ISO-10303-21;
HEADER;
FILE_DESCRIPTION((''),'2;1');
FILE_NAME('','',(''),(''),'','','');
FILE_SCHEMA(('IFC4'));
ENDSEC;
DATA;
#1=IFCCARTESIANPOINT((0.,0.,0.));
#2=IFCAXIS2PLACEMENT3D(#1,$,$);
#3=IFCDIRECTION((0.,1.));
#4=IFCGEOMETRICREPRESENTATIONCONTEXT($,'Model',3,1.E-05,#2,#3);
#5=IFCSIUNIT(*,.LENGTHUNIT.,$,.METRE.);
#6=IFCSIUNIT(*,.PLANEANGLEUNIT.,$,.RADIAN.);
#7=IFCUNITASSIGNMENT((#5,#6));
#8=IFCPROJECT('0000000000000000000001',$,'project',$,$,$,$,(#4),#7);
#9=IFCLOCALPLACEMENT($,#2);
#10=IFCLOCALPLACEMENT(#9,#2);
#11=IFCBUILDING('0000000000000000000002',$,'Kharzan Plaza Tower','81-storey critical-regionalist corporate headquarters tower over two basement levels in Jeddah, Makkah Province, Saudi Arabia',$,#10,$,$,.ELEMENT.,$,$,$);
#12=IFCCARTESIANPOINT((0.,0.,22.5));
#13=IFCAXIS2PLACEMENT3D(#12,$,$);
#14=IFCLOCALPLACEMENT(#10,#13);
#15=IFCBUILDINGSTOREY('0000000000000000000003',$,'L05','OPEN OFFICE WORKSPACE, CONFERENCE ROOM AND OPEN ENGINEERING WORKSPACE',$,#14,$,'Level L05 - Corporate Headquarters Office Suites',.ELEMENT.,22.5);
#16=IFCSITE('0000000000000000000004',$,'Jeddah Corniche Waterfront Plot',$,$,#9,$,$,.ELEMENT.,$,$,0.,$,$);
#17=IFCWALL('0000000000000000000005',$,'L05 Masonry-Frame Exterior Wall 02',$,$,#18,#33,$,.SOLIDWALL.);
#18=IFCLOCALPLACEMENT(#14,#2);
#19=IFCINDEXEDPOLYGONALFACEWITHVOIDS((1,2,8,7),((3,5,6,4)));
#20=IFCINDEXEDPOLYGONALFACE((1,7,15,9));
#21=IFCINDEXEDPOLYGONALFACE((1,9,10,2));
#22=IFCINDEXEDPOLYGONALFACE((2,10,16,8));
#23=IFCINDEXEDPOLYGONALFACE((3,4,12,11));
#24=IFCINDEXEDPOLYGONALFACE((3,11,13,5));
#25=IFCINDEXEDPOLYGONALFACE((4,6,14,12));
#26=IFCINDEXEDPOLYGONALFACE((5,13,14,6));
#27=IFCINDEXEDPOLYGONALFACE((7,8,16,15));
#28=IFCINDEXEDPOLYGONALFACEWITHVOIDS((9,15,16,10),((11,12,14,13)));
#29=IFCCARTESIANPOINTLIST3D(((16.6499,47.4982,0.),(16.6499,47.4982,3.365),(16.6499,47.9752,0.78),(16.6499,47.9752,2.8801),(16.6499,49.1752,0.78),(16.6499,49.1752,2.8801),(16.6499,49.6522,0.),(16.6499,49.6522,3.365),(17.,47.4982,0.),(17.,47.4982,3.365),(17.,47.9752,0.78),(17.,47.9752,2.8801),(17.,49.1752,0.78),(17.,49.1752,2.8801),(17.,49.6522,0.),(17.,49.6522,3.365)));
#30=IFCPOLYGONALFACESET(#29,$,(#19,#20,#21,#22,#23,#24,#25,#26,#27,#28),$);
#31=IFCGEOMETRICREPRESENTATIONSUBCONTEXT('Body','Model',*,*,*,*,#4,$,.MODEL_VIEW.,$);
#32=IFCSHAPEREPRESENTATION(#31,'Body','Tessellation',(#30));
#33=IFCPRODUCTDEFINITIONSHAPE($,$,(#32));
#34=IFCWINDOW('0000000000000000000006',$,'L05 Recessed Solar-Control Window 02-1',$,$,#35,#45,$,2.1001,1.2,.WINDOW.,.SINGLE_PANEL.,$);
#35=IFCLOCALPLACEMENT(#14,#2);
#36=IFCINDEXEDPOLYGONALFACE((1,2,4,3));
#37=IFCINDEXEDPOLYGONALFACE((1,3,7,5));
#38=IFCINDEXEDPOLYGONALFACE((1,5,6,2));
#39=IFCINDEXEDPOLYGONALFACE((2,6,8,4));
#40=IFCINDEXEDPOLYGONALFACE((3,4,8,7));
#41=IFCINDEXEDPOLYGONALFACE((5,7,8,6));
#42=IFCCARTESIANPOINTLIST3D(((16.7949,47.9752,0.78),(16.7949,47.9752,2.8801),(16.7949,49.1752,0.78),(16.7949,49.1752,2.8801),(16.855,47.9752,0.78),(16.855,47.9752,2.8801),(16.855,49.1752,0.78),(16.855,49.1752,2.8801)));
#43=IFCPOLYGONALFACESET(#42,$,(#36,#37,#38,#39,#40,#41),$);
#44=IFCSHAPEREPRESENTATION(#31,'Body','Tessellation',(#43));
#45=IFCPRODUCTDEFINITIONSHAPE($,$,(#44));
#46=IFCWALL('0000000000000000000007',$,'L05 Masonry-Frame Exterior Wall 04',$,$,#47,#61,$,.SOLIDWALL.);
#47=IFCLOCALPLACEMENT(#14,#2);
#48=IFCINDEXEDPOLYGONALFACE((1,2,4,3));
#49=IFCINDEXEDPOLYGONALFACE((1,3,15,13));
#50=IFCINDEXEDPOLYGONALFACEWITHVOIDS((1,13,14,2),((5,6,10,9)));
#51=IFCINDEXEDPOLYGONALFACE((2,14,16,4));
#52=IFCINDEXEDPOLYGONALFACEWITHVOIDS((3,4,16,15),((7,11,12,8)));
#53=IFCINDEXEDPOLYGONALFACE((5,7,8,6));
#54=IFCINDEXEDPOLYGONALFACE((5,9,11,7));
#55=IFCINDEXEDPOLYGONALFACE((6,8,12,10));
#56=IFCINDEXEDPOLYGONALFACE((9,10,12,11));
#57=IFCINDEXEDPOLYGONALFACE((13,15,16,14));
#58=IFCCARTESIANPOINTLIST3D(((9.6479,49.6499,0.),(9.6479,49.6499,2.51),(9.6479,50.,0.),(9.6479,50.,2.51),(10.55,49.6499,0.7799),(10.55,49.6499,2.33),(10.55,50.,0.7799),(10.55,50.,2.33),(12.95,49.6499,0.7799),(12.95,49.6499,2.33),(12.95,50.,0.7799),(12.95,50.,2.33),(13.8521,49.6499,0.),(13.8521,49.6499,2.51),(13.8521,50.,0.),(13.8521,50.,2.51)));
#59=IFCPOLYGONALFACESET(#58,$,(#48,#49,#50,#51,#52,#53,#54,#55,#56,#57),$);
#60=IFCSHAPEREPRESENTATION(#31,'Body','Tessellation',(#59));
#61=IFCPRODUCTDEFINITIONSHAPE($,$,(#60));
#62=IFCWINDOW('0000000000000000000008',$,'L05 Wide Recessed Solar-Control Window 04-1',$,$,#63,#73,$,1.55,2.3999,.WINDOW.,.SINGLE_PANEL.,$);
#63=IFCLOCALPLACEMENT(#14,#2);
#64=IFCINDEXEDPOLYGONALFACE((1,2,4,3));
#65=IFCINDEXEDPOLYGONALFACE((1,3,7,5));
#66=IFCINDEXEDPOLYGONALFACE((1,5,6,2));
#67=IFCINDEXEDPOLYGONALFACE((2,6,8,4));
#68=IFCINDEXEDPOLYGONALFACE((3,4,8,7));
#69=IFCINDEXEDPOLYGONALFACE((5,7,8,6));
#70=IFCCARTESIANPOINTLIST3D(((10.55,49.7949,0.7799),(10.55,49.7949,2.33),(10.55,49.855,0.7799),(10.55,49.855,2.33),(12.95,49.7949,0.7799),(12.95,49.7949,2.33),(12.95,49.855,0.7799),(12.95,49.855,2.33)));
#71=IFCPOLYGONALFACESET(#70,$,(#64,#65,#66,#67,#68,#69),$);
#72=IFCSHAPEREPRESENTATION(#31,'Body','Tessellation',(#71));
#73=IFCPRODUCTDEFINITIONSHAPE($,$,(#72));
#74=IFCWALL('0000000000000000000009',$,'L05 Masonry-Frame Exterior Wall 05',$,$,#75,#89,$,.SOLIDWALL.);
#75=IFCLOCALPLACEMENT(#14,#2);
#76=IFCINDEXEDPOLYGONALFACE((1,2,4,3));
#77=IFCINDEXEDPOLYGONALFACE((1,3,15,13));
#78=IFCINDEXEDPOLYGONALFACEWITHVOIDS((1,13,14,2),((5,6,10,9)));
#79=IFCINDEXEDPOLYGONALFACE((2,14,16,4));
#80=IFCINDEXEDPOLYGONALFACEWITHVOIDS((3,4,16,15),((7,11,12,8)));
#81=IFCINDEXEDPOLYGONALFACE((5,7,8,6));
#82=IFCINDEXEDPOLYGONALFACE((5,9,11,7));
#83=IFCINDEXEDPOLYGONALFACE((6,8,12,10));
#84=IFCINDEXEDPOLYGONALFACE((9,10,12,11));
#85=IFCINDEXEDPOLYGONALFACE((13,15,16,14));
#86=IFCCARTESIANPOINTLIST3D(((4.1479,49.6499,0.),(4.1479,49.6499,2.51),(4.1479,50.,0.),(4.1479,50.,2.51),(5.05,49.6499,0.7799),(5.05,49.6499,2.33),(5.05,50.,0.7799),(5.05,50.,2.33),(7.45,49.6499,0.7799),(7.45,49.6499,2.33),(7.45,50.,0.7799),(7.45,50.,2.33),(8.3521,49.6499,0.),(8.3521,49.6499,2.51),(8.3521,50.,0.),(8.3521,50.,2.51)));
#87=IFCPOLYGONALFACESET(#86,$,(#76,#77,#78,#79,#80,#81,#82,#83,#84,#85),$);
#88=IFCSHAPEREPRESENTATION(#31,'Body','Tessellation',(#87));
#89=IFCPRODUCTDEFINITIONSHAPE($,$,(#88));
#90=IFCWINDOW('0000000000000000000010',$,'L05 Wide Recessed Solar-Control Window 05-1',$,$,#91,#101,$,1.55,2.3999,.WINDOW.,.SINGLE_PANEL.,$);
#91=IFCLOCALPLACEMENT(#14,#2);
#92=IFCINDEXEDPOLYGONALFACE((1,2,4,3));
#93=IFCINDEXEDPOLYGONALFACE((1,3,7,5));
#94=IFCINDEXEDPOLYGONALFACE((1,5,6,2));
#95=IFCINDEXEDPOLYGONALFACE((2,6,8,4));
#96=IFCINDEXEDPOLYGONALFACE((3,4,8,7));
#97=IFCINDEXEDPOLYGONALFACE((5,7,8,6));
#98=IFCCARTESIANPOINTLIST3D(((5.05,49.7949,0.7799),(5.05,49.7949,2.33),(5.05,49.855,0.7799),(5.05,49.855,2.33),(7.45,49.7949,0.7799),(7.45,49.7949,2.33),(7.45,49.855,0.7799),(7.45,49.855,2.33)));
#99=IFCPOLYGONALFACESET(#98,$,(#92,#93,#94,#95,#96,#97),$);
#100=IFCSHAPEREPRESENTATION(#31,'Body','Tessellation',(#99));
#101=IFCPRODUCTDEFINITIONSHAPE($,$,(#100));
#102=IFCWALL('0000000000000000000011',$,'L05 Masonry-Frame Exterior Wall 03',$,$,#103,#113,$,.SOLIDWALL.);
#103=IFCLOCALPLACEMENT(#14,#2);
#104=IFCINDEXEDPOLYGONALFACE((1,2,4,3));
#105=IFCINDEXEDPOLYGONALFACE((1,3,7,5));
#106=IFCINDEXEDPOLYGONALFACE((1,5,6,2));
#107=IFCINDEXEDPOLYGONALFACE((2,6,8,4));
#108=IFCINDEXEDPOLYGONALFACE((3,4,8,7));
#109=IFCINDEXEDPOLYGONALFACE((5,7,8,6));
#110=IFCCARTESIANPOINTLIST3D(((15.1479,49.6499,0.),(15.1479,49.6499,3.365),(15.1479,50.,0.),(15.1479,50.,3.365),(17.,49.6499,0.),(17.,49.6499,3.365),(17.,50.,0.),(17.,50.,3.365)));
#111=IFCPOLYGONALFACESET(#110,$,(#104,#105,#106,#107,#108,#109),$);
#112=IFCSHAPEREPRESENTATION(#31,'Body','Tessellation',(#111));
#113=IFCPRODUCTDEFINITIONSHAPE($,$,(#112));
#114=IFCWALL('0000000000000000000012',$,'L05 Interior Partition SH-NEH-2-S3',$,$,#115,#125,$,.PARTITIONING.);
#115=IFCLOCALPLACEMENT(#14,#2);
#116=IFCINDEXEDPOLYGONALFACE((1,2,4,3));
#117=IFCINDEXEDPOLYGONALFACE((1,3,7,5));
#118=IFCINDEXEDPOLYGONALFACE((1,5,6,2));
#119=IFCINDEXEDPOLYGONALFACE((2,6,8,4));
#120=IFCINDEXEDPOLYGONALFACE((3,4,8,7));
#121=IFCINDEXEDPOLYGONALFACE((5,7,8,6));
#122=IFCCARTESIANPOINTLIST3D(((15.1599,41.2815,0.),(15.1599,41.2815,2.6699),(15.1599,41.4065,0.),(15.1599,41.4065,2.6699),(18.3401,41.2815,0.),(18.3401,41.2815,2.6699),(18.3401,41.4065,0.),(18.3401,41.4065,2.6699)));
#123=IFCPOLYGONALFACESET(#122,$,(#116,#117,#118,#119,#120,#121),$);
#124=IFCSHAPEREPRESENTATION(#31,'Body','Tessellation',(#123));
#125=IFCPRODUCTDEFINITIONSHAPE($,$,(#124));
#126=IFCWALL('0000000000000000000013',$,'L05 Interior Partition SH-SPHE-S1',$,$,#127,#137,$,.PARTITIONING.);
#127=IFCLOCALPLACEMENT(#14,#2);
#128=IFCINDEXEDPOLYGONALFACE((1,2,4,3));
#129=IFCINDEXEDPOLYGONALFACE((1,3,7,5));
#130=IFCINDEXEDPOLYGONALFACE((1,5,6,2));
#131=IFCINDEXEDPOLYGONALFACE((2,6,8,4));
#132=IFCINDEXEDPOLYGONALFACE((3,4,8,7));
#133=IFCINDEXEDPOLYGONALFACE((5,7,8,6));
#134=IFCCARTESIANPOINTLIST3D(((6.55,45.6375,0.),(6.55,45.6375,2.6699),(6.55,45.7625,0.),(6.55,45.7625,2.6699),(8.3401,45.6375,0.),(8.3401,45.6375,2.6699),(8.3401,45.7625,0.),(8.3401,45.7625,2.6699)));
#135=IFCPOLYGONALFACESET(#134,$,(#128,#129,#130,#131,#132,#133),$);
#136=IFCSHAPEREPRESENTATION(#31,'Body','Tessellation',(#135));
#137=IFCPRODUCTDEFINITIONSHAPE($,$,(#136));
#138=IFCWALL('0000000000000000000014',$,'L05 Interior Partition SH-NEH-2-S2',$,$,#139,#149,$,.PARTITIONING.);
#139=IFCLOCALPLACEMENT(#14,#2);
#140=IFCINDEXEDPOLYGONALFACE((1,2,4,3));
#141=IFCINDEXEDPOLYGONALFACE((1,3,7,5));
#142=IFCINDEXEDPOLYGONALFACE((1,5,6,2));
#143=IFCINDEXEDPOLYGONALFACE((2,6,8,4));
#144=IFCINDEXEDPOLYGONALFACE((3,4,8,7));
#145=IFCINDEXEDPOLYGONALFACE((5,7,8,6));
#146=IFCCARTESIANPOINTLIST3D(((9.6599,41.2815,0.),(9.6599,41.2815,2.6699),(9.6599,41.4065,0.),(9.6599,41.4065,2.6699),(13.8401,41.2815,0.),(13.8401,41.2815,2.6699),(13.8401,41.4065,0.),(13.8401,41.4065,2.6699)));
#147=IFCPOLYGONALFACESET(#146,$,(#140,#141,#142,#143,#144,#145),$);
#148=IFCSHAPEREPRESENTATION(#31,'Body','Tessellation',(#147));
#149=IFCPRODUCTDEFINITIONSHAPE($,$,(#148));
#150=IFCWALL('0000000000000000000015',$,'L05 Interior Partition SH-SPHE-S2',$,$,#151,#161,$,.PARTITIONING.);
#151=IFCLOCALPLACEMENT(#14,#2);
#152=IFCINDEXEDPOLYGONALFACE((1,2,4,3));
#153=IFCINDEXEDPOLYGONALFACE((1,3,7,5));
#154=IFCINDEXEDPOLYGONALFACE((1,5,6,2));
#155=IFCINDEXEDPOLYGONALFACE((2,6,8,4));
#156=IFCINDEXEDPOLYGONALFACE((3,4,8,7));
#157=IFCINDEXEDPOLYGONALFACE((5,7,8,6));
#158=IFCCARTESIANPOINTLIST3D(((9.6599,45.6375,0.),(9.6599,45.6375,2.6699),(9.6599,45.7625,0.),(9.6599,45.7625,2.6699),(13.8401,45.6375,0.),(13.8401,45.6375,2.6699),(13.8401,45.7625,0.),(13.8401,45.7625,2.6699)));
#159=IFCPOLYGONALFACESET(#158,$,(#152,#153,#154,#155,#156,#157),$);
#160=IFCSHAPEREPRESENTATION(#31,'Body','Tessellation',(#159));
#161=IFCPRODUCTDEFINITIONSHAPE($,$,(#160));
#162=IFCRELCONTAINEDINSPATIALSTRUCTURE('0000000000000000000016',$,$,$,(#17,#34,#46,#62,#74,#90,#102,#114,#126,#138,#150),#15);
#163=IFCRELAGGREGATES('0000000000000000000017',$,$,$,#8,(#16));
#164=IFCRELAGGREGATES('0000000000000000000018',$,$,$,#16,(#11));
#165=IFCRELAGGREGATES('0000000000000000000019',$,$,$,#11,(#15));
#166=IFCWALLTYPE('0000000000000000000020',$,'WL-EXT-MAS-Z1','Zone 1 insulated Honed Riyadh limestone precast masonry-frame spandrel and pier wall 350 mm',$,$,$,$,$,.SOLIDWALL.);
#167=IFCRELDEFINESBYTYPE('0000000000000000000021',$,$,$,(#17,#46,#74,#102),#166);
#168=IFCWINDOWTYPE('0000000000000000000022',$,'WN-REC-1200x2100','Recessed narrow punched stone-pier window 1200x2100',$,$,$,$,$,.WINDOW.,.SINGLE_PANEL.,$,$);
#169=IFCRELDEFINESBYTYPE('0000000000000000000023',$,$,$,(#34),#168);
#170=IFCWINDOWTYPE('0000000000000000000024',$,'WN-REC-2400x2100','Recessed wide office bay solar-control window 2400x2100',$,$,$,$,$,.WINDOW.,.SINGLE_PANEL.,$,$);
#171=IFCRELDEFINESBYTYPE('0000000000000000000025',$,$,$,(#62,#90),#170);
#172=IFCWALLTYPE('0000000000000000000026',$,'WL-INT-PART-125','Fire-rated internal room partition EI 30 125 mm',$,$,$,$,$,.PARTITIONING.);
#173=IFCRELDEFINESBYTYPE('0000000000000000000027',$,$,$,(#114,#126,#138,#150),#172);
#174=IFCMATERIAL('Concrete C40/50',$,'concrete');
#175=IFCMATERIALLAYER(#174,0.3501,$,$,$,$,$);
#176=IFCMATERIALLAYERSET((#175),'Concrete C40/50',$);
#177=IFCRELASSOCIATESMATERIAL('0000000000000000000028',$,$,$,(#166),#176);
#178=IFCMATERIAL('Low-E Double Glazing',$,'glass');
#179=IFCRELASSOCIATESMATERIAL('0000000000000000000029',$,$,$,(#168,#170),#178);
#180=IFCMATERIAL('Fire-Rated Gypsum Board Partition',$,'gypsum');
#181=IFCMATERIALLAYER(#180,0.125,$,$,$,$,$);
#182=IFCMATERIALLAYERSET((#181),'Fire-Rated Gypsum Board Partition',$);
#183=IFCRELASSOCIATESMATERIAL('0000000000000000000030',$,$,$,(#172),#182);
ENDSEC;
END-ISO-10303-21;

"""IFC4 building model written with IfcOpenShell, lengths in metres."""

from ifc_helpers import new_model, si_unit, direction, frame, frame_2d, origin, place, context, subcontext, project, spatial, rectangle, extrude, source, transform, mapped, material, layer, layer_set, type_object, element, fill, save


model = new_model("IFC4")

# Units and contexts
model_context = context("Model", 3, precision=1e-05, world=origin(), true_north=direction((0.0, 1.0)))
body_context = subcontext(model_context, "Body", "Model", "MODEL_VIEW")
ifc_project = project(units=[si_unit("LENGTHUNIT", "METRE"), si_unit("PLANEANGLEUNIT", "RADIAN")], contexts=[model_context])

# Site, building, storey
site_placement = place(None, origin())
site = spatial("IfcSite", under=ifc_project, at=site_placement, Name="Jeddah Corniche Waterfront Plot", CompositionType="ELEMENT", RefElevation=0.0)
building_placement = place(site_placement, origin())
building = spatial("IfcBuilding", under=site, at=building_placement, Name="Kharzan Plaza Tower", Description="81-storey critical-regionalist corporate headquarters tower over two basement levels in Jeddah, Makkah Province, Saudi Arabia", CompositionType="ELEMENT")
storey_placement = place(building_placement, frame((0.0, 0.0, 22.5)))
storey = spatial("IfcBuildingStorey", under=building, at=storey_placement, Name="L05", Description="OPEN OFFICE WORKSPACE, CONFERENCE ROOM AND OPEN ENGINEERING WORKSPACE", LongName="Level L05 - Corporate Headquarters Office Suites", CompositionType="ELEMENT", Elevation=22.5)

# Walls, openings, windows
ifc_material_1 = material(Name="Concrete C40/50", Category="concrete")
ifc_layer_1 = layer(ifc_material_1, 0.3501)
ifc_layer_set_1 = layer_set([ifc_layer_1], Name="Concrete C40/50")
wall_type_1 = type_object("IfcWallType", Name="WL-EXT-MAS-Z1", Description="Zone 1 insulated Honed Riyadh limestone precast masonry-frame spandrel and pier wall 350 mm", PredefinedType="SOLIDWALL", material=ifc_layer_set_1)
wall_1_placement = place(storey_placement, frame((16.825, 47.498, 0.0), z_axis=(0.0, 0.0, 1.0), x_axis=(0.0, 1.0, 0.0)))
wall_1 = element("IfcWall", 1, at=wall_1_placement, inside=storey, type_object=wall_type_1, Name="L05 Masonry-Frame Exterior Wall 02", PredefinedType="SOLIDWALL", context=body_context, shape_type="SweptSolid", body=[
    extrude(rectangle(XDim=2.1541, YDim=0.3501, at=frame_2d((1.0771, 0.0))), origin(), (0.0, 0.0, 1.0), 3.365),
])
opening_1_placement = place(wall_1_placement, frame((0.4771, 0.0, 0.78)))
opening_1 = element("IfcOpeningElement", 2, at=opening_1_placement, cuts=wall_1, PredefinedType="OPENING", context=body_context, shape_type="SweptSolid", body=[
    extrude(rectangle(XDim=1.2, YDim=2.1001, at=frame_2d((0.6001, 1.05))), frame((0.0, 0.1851, 0.0), z_axis=(0.0, -1.0, 0.0), x_axis=(1.0, 0.0, 0.0)), (0.0, 0.0, 1.0), 0.3701),
])
ifc_material_2 = material(Name="Low-E Double Glazing", Category="glass")
window_type_1 = type_object("IfcWindowType", Name="WN-REC-1200x2100", Description="Recessed narrow punched stone-pier window 1200x2100", PartitioningType="SINGLE_PANEL", PredefinedType="WINDOW", material=ifc_material_2)
shared_shape_1 = source(origin(), body_context, "Body", "SweptSolid", [
    extrude(rectangle(XDim=1.2, YDim=2.1001, at=frame_2d((0.6001, 1.05))), frame((0.0, 0.03, 0.0), z_axis=(0.0, -1.0, 0.0), x_axis=(1.0, 0.0, 0.0)), (0.0, 0.0, 1.0), 0.0601),
])
window_1_placement = place(opening_1_placement, origin())
window_1 = element("IfcWindow", 3, at=window_1_placement, inside=storey, type_object=window_type_1, Name="L05 Recessed Solar-Control Window 02-1", OverallHeight=2.1001, OverallWidth=1.2, PartitioningType="SINGLE_PANEL", PredefinedType="WINDOW", context=body_context, shape_type="MappedRepresentation", body=[
    mapped(shared_shape_1, transform((0.0, 0.0, 0.0), x_axis=(1.0, 0.0, 0.0), y_axis=(0.0, 1.0, 0.0), z_axis=(0.0, 0.0, 1.0))),
])
fill(opening_1, window_1)
wall_2_placement = place(storey_placement, frame((13.8521, 49.825, 0.0), z_axis=(0.0, 0.0, 1.0), x_axis=(-1.0, 0.0, 0.0)))
wall_2 = element("IfcWall", 4, at=wall_2_placement, inside=storey, type_object=wall_type_1, Name="L05 Masonry-Frame Exterior Wall 04", PredefinedType="SOLIDWALL", context=body_context, shape_type="SweptSolid", body=[
    extrude(rectangle(XDim=4.2041, YDim=0.3501, at=frame_2d((2.1021, 0.0))), origin(), (0.0, 0.0, 1.0), 2.51),
])
opening_2_placement = place(wall_2_placement, frame((0.9021, 0.0, 0.78)))
opening_2 = element("IfcOpeningElement", 5, at=opening_2_placement, cuts=wall_2, PredefinedType="OPENING", context=body_context, shape_type="SweptSolid", body=[
    extrude(rectangle(XDim=2.3999, YDim=1.55, at=frame_2d((1.2, 0.7749))), frame((0.0, 0.1851, 0.0), z_axis=(0.0, -1.0, 0.0), x_axis=(1.0, 0.0, 0.0)), (0.0, 0.0, 1.0), 0.3701),
])
window_type_2 = type_object("IfcWindowType", Name="WN-REC-2400x2100", Description="Recessed wide office bay solar-control window 2400x2100", PartitioningType="SINGLE_PANEL", PredefinedType="WINDOW", material=ifc_material_2)
shared_shape_2 = source(origin(), body_context, "Body", "SweptSolid", [
    extrude(rectangle(XDim=2.3999, YDim=1.55, at=frame_2d((1.2, 0.7749))), frame((0.0, 0.03, 0.0), z_axis=(0.0, -1.0, 0.0), x_axis=(1.0, 0.0, 0.0)), (0.0, 0.0, 1.0), 0.0601),
])
window_2_placement = place(opening_2_placement, origin())
window_2 = element("IfcWindow", 6, at=window_2_placement, inside=storey, type_object=window_type_2, Name="L05 Wide Recessed Solar-Control Window 04-1", OverallHeight=1.55, OverallWidth=2.3999, PartitioningType="SINGLE_PANEL", PredefinedType="WINDOW", context=body_context, shape_type="MappedRepresentation", body=[
    mapped(shared_shape_2, transform((0.0, 0.0, 0.0), x_axis=(1.0, 0.0, 0.0), y_axis=(0.0, 1.0, 0.0), z_axis=(0.0, 0.0, 1.0))),
])
fill(opening_2, window_2)
wall_3_placement = place(storey_placement, frame((8.3521, 49.825, 0.0), z_axis=(0.0, 0.0, 1.0), x_axis=(-1.0, 0.0, 0.0)))
wall_3 = element("IfcWall", 7, at=wall_3_placement, inside=storey, type_object=wall_type_1, Name="L05 Masonry-Frame Exterior Wall 05", PredefinedType="SOLIDWALL", context=body_context, shape_type="SweptSolid", body=[
    extrude(rectangle(XDim=4.2041, YDim=0.3501, at=frame_2d((2.1021, 0.0))), origin(), (0.0, 0.0, 1.0), 2.51),
])
opening_3_placement = place(wall_3_placement, frame((0.9021, 0.0, 0.78)))
opening_3 = element("IfcOpeningElement", 8, at=opening_3_placement, cuts=wall_3, PredefinedType="OPENING", context=body_context, shape_type="SweptSolid", body=[
    extrude(rectangle(XDim=2.3999, YDim=1.55, at=frame_2d((1.2, 0.7749))), frame((0.0, 0.1851, 0.0), z_axis=(0.0, -1.0, 0.0), x_axis=(1.0, 0.0, 0.0)), (0.0, 0.0, 1.0), 0.3701),
])
window_3_placement = place(opening_3_placement, origin())
window_3 = element("IfcWindow", 9, at=window_3_placement, inside=storey, type_object=window_type_2, Name="L05 Wide Recessed Solar-Control Window 05-1", OverallHeight=1.55, OverallWidth=2.3999, PartitioningType="SINGLE_PANEL", PredefinedType="WINDOW", context=body_context, shape_type="MappedRepresentation", body=[
    mapped(shared_shape_2, transform((0.0, 0.0, 0.0), x_axis=(1.0, 0.0, 0.0), y_axis=(0.0, 1.0, 0.0), z_axis=(0.0, 0.0, 1.0))),
])
fill(opening_3, window_3)

# Walls
shared_shape_3 = source(origin(), body_context, "Body", "SweptSolid", [
    extrude(rectangle(XDim=1.8521, YDim=0.3501, at=frame_2d((0.926, 0.0))), origin(), (0.0, 0.0, 1.0), 3.365),
])
wall_4_placement = place(storey_placement, frame((17.0, 49.825, 0.0), z_axis=(0.0, 0.0, 1.0), x_axis=(-1.0, 0.0, 0.0)))
element("IfcWall", 10, at=wall_4_placement, inside=storey, type_object=wall_type_1, Name="L05 Masonry-Frame Exterior Wall 03", PredefinedType="SOLIDWALL", context=body_context, shape_type="MappedRepresentation", body=[
    mapped(shared_shape_3, transform((0.0, 0.0, 0.0), x_axis=(1.0, 0.0, 0.0), y_axis=(0.0, 1.0, 0.0), z_axis=(0.0, 0.0, 1.0))),
])
ifc_material_3 = material(Name="Fire-Rated Gypsum Board Partition", Category="gypsum")
ifc_layer_2 = layer(ifc_material_3, 0.125)
ifc_layer_set_2 = layer_set([ifc_layer_2], Name="Fire-Rated Gypsum Board Partition")
wall_type_2 = type_object("IfcWallType", Name="WL-INT-PART-125", Description="Fire-rated internal room partition EI 30 125 mm", PredefinedType="PARTITIONING", material=ifc_layer_set_2)
shared_shape_4 = source(origin(), body_context, "Body", "SweptSolid", [
    extrude(rectangle(XDim=3.1802, YDim=0.125, at=frame_2d((1.5901, 0.0))), origin(), (0.0, 0.0, 1.0), 2.6699),
])
wall_5_placement = place(storey_placement, frame((15.1599, 41.344, 0.0), z_axis=(0.0, 0.0, 1.0), x_axis=(1.0, 0.0, 0.0)))
element("IfcWall", 11, at=wall_5_placement, inside=storey, type_object=wall_type_2, Name="L05 Interior Partition SH-NEH-2-S3", PredefinedType="PARTITIONING", context=body_context, shape_type="MappedRepresentation", body=[
    mapped(shared_shape_4, transform((0.0, 0.0, 0.0), x_axis=(1.0, 0.0, 0.0), y_axis=(0.0, 1.0, 0.0), z_axis=(0.0, 0.0, 1.0))),
])
shared_shape_5 = source(origin(), body_context, "Body", "SweptSolid", [
    extrude(rectangle(XDim=1.79, YDim=0.125, at=frame_2d((0.895, 0.0))), origin(), (0.0, 0.0, 1.0), 2.6699),
])
wall_6_placement = place(storey_placement, frame((6.55, 45.7, 0.0), z_axis=(0.0, 0.0, 1.0), x_axis=(1.0, 0.0, 0.0)))
element("IfcWall", 12, at=wall_6_placement, inside=storey, type_object=wall_type_2, Name="L05 Interior Partition SH-SPHE-S1", PredefinedType="PARTITIONING", context=body_context, shape_type="MappedRepresentation", body=[
    mapped(shared_shape_5, transform((0.0, 0.0, 0.0), x_axis=(1.0, 0.0, 0.0), y_axis=(0.0, 1.0, 0.0), z_axis=(0.0, 0.0, 1.0))),
])
shared_shape_6 = source(origin(), body_context, "Body", "SweptSolid", [
    extrude(rectangle(XDim=4.1802, YDim=0.125, at=frame_2d((2.0901, 0.0))), origin(), (0.0, 0.0, 1.0), 2.6699),
])
for number, where, z_axis, x_axis, name in (
    (13, (9.6599, 41.344, 0.0), (0.0, 0.0, 1.0), (1.0, 0.0, 0.0), "L05 Interior Partition SH-NEH-2-S2"),
    (14, (9.6599, 45.7, 0.0), (0.0, 0.0, 1.0), (1.0, 0.0, 0.0), "L05 Interior Partition SH-SPHE-S2"),
):
    element("IfcWall", number, at=place(storey_placement, frame(where, z_axis=z_axis, x_axis=x_axis)), inside=storey, type_object=wall_type_2, Name=name, PredefinedType="PARTITIONING", context=body_context, shape_type="MappedRepresentation", body=[
        mapped(shared_shape_6, transform((0.0, 0.0, 0.0), x_axis=(1.0, 0.0, 0.0), y_axis=(0.0, 1.0, 0.0), z_axis=(0.0, 0.0, 1.0))),
    ])

save(model, "model.ifc")
